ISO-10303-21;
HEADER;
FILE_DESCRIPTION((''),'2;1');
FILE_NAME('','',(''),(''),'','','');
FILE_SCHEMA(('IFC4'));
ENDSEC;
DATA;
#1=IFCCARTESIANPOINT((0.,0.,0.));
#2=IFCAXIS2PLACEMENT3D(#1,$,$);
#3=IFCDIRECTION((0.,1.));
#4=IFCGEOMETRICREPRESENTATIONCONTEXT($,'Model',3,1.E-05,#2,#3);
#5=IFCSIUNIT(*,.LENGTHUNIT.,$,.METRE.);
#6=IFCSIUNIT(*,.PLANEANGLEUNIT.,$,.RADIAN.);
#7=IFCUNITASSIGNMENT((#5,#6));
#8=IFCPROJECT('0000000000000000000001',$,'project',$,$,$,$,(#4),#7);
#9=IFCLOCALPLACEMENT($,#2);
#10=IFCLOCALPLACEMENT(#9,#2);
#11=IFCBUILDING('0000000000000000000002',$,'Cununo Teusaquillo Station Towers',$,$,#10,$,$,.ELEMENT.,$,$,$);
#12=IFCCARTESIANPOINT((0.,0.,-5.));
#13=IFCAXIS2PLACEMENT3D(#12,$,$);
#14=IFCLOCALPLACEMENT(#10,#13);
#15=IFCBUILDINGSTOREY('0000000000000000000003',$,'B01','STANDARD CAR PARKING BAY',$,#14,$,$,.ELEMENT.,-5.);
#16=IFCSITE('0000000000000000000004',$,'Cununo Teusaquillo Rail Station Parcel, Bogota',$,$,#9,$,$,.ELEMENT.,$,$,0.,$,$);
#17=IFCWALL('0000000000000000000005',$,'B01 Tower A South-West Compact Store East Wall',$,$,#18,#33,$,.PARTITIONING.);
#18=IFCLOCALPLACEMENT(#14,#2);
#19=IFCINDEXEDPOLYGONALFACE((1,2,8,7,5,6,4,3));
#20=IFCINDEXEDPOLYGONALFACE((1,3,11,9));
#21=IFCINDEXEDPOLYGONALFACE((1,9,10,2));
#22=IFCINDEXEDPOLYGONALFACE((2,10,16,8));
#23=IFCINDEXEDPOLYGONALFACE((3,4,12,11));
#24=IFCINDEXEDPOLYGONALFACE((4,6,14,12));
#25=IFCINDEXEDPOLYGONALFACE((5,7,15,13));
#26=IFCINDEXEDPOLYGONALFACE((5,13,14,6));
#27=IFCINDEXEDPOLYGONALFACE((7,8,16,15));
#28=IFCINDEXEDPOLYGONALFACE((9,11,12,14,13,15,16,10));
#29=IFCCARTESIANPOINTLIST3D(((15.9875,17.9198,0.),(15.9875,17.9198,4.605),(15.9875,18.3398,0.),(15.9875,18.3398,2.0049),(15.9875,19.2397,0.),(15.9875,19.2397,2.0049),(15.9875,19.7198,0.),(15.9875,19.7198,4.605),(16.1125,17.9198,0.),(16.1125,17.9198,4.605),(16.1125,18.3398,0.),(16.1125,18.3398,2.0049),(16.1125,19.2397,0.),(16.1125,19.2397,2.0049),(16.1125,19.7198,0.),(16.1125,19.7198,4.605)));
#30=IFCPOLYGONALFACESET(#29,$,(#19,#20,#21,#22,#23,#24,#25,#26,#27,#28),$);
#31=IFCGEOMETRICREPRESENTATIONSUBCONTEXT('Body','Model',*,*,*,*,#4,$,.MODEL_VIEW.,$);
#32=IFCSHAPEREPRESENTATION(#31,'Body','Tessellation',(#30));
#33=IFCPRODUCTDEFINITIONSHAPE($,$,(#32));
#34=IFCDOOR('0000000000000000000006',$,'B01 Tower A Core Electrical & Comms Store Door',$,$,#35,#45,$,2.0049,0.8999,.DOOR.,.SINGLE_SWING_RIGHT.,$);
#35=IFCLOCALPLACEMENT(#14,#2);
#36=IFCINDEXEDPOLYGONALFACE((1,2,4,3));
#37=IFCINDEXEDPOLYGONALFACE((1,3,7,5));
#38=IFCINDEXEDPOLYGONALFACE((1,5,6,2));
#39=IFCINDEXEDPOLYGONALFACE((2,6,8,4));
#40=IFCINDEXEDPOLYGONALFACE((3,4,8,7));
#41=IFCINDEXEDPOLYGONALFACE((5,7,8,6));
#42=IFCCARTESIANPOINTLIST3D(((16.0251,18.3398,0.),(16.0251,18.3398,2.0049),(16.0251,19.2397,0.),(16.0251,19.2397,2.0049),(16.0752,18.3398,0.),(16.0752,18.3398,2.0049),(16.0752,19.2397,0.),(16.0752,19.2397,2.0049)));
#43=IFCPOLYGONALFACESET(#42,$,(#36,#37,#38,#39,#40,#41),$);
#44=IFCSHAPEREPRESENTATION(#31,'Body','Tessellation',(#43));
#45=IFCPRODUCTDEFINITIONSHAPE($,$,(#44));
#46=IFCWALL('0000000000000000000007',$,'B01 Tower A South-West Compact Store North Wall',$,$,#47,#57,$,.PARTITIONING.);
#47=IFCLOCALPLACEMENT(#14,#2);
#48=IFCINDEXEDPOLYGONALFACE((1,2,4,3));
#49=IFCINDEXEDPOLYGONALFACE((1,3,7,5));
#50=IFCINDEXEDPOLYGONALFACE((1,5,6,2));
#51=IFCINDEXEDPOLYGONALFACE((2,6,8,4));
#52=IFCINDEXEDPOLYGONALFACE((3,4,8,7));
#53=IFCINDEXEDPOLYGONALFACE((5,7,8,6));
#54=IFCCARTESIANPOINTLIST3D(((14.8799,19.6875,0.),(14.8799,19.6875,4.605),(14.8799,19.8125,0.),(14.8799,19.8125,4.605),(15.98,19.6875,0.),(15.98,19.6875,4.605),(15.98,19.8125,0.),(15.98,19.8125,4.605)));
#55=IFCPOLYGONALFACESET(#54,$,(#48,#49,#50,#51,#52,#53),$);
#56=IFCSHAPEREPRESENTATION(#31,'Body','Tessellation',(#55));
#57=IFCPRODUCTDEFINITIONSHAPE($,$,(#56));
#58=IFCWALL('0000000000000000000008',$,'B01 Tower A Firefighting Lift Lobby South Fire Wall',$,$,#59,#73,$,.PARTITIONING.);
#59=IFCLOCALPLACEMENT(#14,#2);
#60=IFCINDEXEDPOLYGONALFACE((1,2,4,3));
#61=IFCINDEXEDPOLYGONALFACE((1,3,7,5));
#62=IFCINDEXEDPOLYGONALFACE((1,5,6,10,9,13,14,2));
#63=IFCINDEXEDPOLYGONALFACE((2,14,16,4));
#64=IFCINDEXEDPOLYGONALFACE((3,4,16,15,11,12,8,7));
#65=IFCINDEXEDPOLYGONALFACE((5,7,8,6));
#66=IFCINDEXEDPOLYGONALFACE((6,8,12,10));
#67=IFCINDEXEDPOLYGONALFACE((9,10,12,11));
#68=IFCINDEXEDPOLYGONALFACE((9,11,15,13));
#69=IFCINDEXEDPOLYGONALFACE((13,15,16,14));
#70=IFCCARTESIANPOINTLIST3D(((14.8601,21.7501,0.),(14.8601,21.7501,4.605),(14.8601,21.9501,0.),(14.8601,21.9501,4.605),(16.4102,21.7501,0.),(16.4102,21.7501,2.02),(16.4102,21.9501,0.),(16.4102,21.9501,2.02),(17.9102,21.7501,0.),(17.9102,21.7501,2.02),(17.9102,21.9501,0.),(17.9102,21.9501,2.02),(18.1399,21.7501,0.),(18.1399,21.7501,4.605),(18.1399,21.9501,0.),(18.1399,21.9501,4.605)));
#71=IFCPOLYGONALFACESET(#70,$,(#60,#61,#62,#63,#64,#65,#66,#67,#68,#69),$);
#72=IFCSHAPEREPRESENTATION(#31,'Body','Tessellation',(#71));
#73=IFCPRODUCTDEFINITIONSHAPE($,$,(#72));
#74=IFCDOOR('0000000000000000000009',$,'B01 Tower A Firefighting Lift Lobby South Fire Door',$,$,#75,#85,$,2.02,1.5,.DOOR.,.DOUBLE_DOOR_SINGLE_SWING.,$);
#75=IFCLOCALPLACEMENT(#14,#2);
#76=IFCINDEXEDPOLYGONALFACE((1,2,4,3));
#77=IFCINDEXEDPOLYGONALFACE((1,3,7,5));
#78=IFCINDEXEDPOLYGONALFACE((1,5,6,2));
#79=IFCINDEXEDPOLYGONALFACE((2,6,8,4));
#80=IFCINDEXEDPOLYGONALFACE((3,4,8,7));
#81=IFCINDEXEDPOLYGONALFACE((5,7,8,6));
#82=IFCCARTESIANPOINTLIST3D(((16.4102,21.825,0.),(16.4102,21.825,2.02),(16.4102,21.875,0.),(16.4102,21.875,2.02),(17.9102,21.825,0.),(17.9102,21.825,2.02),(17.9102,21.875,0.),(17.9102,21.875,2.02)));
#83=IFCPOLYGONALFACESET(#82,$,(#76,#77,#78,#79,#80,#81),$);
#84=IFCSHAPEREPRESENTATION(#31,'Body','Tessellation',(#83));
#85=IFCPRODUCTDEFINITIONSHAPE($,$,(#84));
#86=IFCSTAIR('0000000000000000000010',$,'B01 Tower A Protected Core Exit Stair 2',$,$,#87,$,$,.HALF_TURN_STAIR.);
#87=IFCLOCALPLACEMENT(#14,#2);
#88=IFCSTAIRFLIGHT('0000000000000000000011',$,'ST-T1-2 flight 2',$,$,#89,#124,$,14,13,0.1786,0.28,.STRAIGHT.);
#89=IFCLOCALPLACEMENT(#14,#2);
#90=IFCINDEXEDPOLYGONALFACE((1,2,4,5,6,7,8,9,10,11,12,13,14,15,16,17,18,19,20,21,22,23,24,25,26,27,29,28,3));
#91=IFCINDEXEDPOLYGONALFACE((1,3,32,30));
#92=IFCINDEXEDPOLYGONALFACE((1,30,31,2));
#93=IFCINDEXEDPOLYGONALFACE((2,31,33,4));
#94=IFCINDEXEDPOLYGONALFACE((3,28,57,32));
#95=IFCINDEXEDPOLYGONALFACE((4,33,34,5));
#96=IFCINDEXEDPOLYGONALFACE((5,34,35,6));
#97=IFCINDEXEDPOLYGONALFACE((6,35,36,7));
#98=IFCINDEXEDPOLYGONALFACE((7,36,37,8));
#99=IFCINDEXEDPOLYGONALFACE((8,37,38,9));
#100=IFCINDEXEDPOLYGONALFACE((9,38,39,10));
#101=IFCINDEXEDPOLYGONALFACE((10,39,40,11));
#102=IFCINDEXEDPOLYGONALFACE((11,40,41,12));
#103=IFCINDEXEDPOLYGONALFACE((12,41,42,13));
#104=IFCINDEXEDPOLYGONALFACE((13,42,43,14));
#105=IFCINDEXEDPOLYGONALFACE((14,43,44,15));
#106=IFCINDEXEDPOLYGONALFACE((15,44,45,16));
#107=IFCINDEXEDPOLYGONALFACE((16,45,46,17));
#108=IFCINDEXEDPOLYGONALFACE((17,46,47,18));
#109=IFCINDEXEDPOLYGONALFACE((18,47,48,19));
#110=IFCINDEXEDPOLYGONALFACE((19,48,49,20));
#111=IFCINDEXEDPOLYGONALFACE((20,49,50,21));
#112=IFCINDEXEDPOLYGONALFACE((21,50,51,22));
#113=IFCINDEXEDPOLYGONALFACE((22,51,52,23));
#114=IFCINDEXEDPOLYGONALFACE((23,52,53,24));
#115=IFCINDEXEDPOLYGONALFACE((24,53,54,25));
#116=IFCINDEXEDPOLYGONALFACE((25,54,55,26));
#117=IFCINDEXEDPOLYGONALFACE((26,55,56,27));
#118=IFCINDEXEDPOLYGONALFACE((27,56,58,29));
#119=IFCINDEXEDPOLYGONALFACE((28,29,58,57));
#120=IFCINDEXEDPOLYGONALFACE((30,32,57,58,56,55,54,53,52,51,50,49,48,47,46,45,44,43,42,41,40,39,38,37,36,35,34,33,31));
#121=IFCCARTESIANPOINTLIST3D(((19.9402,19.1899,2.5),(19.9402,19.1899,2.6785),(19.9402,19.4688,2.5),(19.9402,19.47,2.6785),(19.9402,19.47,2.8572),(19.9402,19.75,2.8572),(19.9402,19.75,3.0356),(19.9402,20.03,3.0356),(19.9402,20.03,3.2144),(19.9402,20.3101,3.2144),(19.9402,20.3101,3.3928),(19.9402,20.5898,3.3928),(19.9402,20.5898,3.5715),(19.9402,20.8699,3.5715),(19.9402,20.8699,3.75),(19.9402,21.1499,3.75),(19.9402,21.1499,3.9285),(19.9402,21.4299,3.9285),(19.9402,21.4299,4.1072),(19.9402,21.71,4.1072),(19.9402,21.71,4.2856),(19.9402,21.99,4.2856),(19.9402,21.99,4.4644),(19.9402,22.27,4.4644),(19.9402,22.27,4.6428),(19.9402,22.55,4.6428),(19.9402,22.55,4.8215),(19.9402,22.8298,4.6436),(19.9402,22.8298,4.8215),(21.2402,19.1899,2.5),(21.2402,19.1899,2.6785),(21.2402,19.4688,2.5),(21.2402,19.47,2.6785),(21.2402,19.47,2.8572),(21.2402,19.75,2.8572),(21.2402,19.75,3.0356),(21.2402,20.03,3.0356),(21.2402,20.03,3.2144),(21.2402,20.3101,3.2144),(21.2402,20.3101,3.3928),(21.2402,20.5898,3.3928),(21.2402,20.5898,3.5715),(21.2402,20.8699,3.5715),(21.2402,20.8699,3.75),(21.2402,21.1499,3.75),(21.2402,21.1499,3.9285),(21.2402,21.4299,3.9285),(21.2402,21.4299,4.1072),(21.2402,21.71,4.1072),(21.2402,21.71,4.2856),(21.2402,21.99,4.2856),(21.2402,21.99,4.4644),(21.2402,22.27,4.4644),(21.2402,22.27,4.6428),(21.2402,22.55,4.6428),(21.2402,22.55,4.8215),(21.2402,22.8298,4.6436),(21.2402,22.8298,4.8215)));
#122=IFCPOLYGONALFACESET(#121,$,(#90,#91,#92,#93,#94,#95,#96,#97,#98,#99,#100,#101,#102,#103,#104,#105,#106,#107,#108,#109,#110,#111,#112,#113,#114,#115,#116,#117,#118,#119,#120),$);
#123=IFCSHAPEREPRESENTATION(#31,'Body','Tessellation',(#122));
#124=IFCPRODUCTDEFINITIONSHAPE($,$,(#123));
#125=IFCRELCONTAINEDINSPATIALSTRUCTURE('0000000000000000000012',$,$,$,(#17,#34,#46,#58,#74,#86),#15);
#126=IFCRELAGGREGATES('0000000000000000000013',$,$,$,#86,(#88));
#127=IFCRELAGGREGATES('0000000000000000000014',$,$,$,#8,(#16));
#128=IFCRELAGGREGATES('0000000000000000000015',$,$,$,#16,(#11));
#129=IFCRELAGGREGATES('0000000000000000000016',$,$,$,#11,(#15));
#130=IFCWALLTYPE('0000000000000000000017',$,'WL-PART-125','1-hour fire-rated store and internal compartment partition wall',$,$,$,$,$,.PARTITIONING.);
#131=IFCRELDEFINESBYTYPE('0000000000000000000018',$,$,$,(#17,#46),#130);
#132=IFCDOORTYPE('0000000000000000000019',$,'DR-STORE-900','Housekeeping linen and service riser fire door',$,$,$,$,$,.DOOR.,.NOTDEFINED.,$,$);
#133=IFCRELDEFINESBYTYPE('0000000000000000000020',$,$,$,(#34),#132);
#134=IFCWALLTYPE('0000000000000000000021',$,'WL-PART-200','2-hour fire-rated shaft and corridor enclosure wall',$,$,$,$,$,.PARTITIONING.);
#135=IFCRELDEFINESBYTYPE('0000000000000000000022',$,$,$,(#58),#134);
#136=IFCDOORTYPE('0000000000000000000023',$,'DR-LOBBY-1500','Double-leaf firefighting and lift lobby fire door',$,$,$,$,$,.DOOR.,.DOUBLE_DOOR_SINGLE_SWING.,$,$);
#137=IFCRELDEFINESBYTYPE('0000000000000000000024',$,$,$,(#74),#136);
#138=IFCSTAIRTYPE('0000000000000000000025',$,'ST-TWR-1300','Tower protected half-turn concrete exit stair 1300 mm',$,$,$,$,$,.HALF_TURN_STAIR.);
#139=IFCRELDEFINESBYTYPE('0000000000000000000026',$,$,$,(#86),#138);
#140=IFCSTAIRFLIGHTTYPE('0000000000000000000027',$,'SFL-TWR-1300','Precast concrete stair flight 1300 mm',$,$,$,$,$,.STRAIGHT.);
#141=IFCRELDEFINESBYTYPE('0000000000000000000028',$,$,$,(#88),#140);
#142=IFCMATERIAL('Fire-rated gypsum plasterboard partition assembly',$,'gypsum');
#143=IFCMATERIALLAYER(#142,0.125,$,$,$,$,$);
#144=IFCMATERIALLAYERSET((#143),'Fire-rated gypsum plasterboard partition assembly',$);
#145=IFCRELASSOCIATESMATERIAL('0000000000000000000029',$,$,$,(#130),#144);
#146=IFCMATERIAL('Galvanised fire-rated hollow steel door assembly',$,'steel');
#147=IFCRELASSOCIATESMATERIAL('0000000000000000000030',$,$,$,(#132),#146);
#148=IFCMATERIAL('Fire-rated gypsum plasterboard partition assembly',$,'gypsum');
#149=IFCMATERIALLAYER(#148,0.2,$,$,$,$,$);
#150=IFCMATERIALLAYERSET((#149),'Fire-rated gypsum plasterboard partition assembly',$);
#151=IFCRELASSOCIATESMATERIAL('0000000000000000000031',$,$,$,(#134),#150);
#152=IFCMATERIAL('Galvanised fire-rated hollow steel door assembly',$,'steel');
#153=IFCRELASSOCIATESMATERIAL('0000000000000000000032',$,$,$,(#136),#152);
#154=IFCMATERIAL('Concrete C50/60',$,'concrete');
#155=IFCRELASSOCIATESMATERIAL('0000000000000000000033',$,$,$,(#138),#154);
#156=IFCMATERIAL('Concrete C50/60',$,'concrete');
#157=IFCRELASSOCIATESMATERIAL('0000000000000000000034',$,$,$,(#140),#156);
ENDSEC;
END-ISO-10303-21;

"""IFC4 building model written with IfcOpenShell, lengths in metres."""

from ifc_helpers import new_model, si_unit, direction, frame, frame_2d, origin, place, context, subcontext, project, spatial, polyline, rectangle, outline, extrude, source, transform, mapped, material, layer, layer_set, type_object, element, fill, aggregate, save


model = new_model("IFC4")

# Units and contexts
model_context = context("Model", 3, precision=1e-05, world=origin(), true_north=direction((0.0, 1.0)))
body_context = subcontext(model_context, "Body", "Model", "MODEL_VIEW")
ifc_project = project(units=[si_unit("LENGTHUNIT", "METRE"), si_unit("PLANEANGLEUNIT", "RADIAN")], contexts=[model_context])

# Site, building, storey
site_placement = place(None, origin())
site = spatial("IfcSite", under=ifc_project, at=site_placement, Name="Cununo Teusaquillo Rail Station Parcel, Bogota", CompositionType="ELEMENT", RefElevation=0.0)
building_placement = place(site_placement, origin())
building = spatial("IfcBuilding", under=site, at=building_placement, Name="Cununo Teusaquillo Station Towers", CompositionType="ELEMENT")
storey_placement = place(building_placement, frame((0.0, 0.0, -5.0)))
storey = spatial("IfcBuildingStorey", under=building, at=storey_placement, Name="B01", Description="STANDARD CAR PARKING BAY", CompositionType="ELEMENT", Elevation=-5.0)

# Wall, opening, door
ifc_material_1 = material(Name="Fire-rated gypsum plasterboard partition assembly", Category="gypsum")
ifc_layer_1 = layer(ifc_material_1, 0.125)
ifc_layer_set_1 = layer_set([ifc_layer_1], Name="Fire-rated gypsum plasterboard partition assembly")
wall_type_1 = type_object("IfcWallType", Name="WL-PART-125", Description="1-hour fire-rated store and internal compartment partition wall", PredefinedType="PARTITIONING", material=ifc_layer_set_1)
wall_1_placement = place(storey_placement, frame((16.05, 17.9199, 0.0), z_axis=(0.0, 0.0, 1.0), x_axis=(0.0, 1.0, 0.0)))
wall_1 = element("IfcWall", 1, at=wall_1_placement, inside=storey, type_object=wall_type_1, Name="B01 Tower A South-West Compact Store East Wall", PredefinedType="PARTITIONING", context=body_context, shape_type="SweptSolid", body=[
    extrude(rectangle(XDim=1.8, YDim=0.125, at=frame_2d((0.8999, 0.0))), origin(), (0.0, 0.0, 1.0), 4.605),
])
shared_shape_1 = source(origin(), body_context, "Body", "SweptSolid", [
    extrude(rectangle(XDim=0.8999, YDim=2.0049, at=frame_2d((0.45, 1.0024))), frame((0.0, 0.0725, 0.0), z_axis=(0.0, -1.0, 0.0), x_axis=(1.0, 0.0, 0.0)), (0.0, 0.0, 1.0), 0.145),
])
opening_1_placement = place(wall_1_placement, frame((0.4199, 0.0, 0.0)))
opening_1 = element("IfcOpeningElement", 2, at=opening_1_placement, cuts=wall_1, PredefinedType="OPENING", context=body_context, shape_type="MappedRepresentation", body=[
    mapped(shared_shape_1, transform((0.0, 0.0, 0.0), x_axis=(1.0, 0.0, 0.0), y_axis=(0.0, 1.0, 0.0), z_axis=(0.0, 0.0, 1.0), scale=1.0)),
])
ifc_material_2 = material(Name="Galvanised fire-rated hollow steel door assembly", Category="steel")
door_type_1 = type_object("IfcDoorType", Name="DR-STORE-900", Description="Housekeeping linen and service riser fire door", OperationType="NOTDEFINED", PredefinedType="DOOR", material=ifc_material_2)
shared_shape_2 = source(origin(), body_context, "Body", "SweptSolid", [
    extrude(rectangle(XDim=0.8999, YDim=2.0049, at=frame_2d((0.45, 1.0024))), frame((0.0, 0.0249, 0.0), z_axis=(0.0, -1.0, 0.0), x_axis=(1.0, 0.0, 0.0)), (0.0, 0.0, 1.0), 0.05),
])
door_1_placement = place(opening_1_placement, origin())
door_1 = element("IfcDoor", 3, at=door_1_placement, inside=storey, type_object=door_type_1, Name="B01 Tower A Core Electrical & Comms Store Door", OperationType="SINGLE_SWING_RIGHT", OverallHeight=2.0049, OverallWidth=0.8999, PredefinedType="DOOR", context=body_context, shape_type="MappedRepresentation", body=[
    mapped(shared_shape_2, transform((0.0, 0.0, 0.0), x_axis=(1.0, 0.0, 0.0), y_axis=(0.0, 1.0, 0.0), z_axis=(0.0, 0.0, 1.0), scale=1.0)),
])
fill(opening_1, door_1)

# Wall
wall_2_placement = place(storey_placement, frame((14.8799, 19.75, 0.0), z_axis=(0.0, 0.0, 1.0), x_axis=(1.0, 0.0, 0.0)))
element("IfcWall", 4, at=wall_2_placement, inside=storey, type_object=wall_type_1, Name="B01 Tower A South-West Compact Store North Wall", PredefinedType="PARTITIONING", context=body_context, shape_type="SweptSolid", body=[
    extrude(rectangle(XDim=1.1001, YDim=0.125, at=frame_2d((0.55, 0.0))), origin(), (0.0, 0.0, 1.0), 4.605),
])

# Wall, opening, door
ifc_material_3 = material(Name="Fire-rated gypsum plasterboard partition assembly", Category="gypsum")
ifc_layer_2 = layer(ifc_material_3, 0.2)
ifc_layer_set_2 = layer_set([ifc_layer_2], Name="Fire-rated gypsum plasterboard partition assembly")
wall_type_2 = type_object("IfcWallType", Name="WL-PART-200", Description="2-hour fire-rated shaft and corridor enclosure wall", PredefinedType="PARTITIONING", material=ifc_layer_set_2)
wall_3_placement = place(storey_placement, frame((14.8601, 21.8501, 0.0), z_axis=(0.0, 0.0, 1.0), x_axis=(1.0, 0.0, 0.0)))
wall_3 = element("IfcWall", 5, at=wall_3_placement, inside=storey, type_object=wall_type_2, Name="B01 Tower A Firefighting Lift Lobby South Fire Wall", PredefinedType="PARTITIONING", context=body_context, shape_type="SweptSolid", body=[
    extrude(rectangle(XDim=3.2798, YDim=0.2, at=frame_2d((1.6399, 0.0))), origin(), (0.0, 0.0, 1.0), 4.605),
])
shared_shape_3 = source(origin(), body_context, "Body", "SweptSolid", [
    extrude(rectangle(XDim=1.5, YDim=2.02, at=frame_2d((0.75, 1.01))), frame((0.0, 0.1099, 0.0), z_axis=(0.0, -1.0, 0.0), x_axis=(1.0, 0.0, 0.0)), (0.0, 0.0, 1.0), 0.22),
])
opening_2_placement = place(wall_3_placement, frame((1.55, 0.0, 0.0)))
opening_2 = element("IfcOpeningElement", 6, at=opening_2_placement, cuts=wall_3, PredefinedType="OPENING", context=body_context, shape_type="MappedRepresentation", body=[
    mapped(shared_shape_3, transform((0.0, 0.0, 0.0), x_axis=(1.0, 0.0, 0.0), y_axis=(0.0, 1.0, 0.0), z_axis=(0.0, 0.0, 1.0), scale=1.0)),
])
ifc_material_4 = material(Name="Galvanised fire-rated hollow steel door assembly", Category="steel")
door_type_2 = type_object("IfcDoorType", Name="DR-LOBBY-1500", Description="Double-leaf firefighting and lift lobby fire door", OperationType="DOUBLE_DOOR_SINGLE_SWING", PredefinedType="DOOR", material=ifc_material_4)
shared_shape_4 = source(origin(), body_context, "Body", "SweptSolid", [
    extrude(rectangle(XDim=1.5, YDim=2.02, at=frame_2d((0.75, 1.01))), frame((0.0, 0.0249, 0.0), z_axis=(0.0, -1.0, 0.0), x_axis=(1.0, 0.0, 0.0)), (0.0, 0.0, 1.0), 0.05),
])
door_2_placement = place(opening_2_placement, origin())
door_2 = element("IfcDoor", 7, at=door_2_placement, inside=storey, type_object=door_type_2, Name="B01 Tower A Firefighting Lift Lobby South Fire Door", OperationType="DOUBLE_DOOR_SINGLE_SWING", OverallHeight=2.02, OverallWidth=1.5, PredefinedType="DOOR", context=body_context, shape_type="MappedRepresentation", body=[
    mapped(shared_shape_4, transform((0.0, 0.0, 0.0), x_axis=(1.0, 0.0, 0.0), y_axis=(0.0, 1.0, 0.0), z_axis=(0.0, 0.0, 1.0), scale=1.0)),
])
fill(opening_2, door_2)

# Stair, stair flight
ifc_material_5 = material(Name="Concrete C50/60", Category="concrete")
stair_type = type_object("IfcStairType", Name="ST-TWR-1300", Description="Tower protected half-turn concrete exit stair 1300 mm", PredefinedType="HALF_TURN_STAIR", material=ifc_material_5)
stair_placement = place(storey_placement, origin())
stair = element("IfcStair", 8, at=stair_placement, inside=storey, type_object=stair_type, Name="B01 Tower A Protected Core Exit Stair 2", PredefinedType="HALF_TURN_STAIR")
ifc_material_6 = material(Name="Concrete C50/60", Category="concrete")
stair_flight_type = type_object("IfcStairFlightType", Name="SFL-TWR-1300", Description="Precast concrete stair flight 1300 mm", PredefinedType="STRAIGHT", material=ifc_material_6)
stair_flight_placement = place(storey_placement, frame((20.5901, 19.1899, 2.5), z_axis=(0.0, 0.0, 1.0), x_axis=(0.0, 1.0, 0.0)))
stair_flight = element("IfcStairFlight", 9, at=stair_flight_placement, type_object=stair_flight_type, Name="ST-T1-2 flight 2", NumberOfRisers=14, NumberOfTreads=13, PredefinedType="STRAIGHT", RiserHeight=0.1786, TreadLength=0.28, context=body_context, shape_type="SweptSolid", body=[
    extrude(outline(polyline([(0.0, 0.0), (0.0, 0.1785), (0.28, 0.1785), (0.28, 0.3572), (0.5601, 0.3572), (0.5601, 0.5356), (0.8401, 0.5356), (0.8401, 0.7144), (1.1201, 0.7144), (1.1201, 0.8928), (1.3999, 0.8928), (1.3999, 1.0715), (1.6799, 1.0715), (1.6799, 1.25), (1.96, 1.25), (1.96, 1.4285), (2.24, 1.4285), (2.24, 1.6072), (2.52, 1.6072), (2.52, 1.7856), (2.8, 1.7856), (2.8, 1.9644), (3.0801, 1.9644), (3.0801, 2.1428), (3.3601, 2.1428), (3.3601, 2.3215), (3.6399, 2.3215), (3.6399, 2.5), (3.6399, 2.1436), (0.2788, 0.0), (0.0, 0.0)])), frame((0.0, 0.6499, 0.0), z_axis=(0.0, -1.0, 0.0), x_axis=(1.0, 0.0, 0.0)), (0.0, 0.0, 1.0), 1.3),
])
aggregate(stair, [stair_flight])

save(model, "model.ifc")
